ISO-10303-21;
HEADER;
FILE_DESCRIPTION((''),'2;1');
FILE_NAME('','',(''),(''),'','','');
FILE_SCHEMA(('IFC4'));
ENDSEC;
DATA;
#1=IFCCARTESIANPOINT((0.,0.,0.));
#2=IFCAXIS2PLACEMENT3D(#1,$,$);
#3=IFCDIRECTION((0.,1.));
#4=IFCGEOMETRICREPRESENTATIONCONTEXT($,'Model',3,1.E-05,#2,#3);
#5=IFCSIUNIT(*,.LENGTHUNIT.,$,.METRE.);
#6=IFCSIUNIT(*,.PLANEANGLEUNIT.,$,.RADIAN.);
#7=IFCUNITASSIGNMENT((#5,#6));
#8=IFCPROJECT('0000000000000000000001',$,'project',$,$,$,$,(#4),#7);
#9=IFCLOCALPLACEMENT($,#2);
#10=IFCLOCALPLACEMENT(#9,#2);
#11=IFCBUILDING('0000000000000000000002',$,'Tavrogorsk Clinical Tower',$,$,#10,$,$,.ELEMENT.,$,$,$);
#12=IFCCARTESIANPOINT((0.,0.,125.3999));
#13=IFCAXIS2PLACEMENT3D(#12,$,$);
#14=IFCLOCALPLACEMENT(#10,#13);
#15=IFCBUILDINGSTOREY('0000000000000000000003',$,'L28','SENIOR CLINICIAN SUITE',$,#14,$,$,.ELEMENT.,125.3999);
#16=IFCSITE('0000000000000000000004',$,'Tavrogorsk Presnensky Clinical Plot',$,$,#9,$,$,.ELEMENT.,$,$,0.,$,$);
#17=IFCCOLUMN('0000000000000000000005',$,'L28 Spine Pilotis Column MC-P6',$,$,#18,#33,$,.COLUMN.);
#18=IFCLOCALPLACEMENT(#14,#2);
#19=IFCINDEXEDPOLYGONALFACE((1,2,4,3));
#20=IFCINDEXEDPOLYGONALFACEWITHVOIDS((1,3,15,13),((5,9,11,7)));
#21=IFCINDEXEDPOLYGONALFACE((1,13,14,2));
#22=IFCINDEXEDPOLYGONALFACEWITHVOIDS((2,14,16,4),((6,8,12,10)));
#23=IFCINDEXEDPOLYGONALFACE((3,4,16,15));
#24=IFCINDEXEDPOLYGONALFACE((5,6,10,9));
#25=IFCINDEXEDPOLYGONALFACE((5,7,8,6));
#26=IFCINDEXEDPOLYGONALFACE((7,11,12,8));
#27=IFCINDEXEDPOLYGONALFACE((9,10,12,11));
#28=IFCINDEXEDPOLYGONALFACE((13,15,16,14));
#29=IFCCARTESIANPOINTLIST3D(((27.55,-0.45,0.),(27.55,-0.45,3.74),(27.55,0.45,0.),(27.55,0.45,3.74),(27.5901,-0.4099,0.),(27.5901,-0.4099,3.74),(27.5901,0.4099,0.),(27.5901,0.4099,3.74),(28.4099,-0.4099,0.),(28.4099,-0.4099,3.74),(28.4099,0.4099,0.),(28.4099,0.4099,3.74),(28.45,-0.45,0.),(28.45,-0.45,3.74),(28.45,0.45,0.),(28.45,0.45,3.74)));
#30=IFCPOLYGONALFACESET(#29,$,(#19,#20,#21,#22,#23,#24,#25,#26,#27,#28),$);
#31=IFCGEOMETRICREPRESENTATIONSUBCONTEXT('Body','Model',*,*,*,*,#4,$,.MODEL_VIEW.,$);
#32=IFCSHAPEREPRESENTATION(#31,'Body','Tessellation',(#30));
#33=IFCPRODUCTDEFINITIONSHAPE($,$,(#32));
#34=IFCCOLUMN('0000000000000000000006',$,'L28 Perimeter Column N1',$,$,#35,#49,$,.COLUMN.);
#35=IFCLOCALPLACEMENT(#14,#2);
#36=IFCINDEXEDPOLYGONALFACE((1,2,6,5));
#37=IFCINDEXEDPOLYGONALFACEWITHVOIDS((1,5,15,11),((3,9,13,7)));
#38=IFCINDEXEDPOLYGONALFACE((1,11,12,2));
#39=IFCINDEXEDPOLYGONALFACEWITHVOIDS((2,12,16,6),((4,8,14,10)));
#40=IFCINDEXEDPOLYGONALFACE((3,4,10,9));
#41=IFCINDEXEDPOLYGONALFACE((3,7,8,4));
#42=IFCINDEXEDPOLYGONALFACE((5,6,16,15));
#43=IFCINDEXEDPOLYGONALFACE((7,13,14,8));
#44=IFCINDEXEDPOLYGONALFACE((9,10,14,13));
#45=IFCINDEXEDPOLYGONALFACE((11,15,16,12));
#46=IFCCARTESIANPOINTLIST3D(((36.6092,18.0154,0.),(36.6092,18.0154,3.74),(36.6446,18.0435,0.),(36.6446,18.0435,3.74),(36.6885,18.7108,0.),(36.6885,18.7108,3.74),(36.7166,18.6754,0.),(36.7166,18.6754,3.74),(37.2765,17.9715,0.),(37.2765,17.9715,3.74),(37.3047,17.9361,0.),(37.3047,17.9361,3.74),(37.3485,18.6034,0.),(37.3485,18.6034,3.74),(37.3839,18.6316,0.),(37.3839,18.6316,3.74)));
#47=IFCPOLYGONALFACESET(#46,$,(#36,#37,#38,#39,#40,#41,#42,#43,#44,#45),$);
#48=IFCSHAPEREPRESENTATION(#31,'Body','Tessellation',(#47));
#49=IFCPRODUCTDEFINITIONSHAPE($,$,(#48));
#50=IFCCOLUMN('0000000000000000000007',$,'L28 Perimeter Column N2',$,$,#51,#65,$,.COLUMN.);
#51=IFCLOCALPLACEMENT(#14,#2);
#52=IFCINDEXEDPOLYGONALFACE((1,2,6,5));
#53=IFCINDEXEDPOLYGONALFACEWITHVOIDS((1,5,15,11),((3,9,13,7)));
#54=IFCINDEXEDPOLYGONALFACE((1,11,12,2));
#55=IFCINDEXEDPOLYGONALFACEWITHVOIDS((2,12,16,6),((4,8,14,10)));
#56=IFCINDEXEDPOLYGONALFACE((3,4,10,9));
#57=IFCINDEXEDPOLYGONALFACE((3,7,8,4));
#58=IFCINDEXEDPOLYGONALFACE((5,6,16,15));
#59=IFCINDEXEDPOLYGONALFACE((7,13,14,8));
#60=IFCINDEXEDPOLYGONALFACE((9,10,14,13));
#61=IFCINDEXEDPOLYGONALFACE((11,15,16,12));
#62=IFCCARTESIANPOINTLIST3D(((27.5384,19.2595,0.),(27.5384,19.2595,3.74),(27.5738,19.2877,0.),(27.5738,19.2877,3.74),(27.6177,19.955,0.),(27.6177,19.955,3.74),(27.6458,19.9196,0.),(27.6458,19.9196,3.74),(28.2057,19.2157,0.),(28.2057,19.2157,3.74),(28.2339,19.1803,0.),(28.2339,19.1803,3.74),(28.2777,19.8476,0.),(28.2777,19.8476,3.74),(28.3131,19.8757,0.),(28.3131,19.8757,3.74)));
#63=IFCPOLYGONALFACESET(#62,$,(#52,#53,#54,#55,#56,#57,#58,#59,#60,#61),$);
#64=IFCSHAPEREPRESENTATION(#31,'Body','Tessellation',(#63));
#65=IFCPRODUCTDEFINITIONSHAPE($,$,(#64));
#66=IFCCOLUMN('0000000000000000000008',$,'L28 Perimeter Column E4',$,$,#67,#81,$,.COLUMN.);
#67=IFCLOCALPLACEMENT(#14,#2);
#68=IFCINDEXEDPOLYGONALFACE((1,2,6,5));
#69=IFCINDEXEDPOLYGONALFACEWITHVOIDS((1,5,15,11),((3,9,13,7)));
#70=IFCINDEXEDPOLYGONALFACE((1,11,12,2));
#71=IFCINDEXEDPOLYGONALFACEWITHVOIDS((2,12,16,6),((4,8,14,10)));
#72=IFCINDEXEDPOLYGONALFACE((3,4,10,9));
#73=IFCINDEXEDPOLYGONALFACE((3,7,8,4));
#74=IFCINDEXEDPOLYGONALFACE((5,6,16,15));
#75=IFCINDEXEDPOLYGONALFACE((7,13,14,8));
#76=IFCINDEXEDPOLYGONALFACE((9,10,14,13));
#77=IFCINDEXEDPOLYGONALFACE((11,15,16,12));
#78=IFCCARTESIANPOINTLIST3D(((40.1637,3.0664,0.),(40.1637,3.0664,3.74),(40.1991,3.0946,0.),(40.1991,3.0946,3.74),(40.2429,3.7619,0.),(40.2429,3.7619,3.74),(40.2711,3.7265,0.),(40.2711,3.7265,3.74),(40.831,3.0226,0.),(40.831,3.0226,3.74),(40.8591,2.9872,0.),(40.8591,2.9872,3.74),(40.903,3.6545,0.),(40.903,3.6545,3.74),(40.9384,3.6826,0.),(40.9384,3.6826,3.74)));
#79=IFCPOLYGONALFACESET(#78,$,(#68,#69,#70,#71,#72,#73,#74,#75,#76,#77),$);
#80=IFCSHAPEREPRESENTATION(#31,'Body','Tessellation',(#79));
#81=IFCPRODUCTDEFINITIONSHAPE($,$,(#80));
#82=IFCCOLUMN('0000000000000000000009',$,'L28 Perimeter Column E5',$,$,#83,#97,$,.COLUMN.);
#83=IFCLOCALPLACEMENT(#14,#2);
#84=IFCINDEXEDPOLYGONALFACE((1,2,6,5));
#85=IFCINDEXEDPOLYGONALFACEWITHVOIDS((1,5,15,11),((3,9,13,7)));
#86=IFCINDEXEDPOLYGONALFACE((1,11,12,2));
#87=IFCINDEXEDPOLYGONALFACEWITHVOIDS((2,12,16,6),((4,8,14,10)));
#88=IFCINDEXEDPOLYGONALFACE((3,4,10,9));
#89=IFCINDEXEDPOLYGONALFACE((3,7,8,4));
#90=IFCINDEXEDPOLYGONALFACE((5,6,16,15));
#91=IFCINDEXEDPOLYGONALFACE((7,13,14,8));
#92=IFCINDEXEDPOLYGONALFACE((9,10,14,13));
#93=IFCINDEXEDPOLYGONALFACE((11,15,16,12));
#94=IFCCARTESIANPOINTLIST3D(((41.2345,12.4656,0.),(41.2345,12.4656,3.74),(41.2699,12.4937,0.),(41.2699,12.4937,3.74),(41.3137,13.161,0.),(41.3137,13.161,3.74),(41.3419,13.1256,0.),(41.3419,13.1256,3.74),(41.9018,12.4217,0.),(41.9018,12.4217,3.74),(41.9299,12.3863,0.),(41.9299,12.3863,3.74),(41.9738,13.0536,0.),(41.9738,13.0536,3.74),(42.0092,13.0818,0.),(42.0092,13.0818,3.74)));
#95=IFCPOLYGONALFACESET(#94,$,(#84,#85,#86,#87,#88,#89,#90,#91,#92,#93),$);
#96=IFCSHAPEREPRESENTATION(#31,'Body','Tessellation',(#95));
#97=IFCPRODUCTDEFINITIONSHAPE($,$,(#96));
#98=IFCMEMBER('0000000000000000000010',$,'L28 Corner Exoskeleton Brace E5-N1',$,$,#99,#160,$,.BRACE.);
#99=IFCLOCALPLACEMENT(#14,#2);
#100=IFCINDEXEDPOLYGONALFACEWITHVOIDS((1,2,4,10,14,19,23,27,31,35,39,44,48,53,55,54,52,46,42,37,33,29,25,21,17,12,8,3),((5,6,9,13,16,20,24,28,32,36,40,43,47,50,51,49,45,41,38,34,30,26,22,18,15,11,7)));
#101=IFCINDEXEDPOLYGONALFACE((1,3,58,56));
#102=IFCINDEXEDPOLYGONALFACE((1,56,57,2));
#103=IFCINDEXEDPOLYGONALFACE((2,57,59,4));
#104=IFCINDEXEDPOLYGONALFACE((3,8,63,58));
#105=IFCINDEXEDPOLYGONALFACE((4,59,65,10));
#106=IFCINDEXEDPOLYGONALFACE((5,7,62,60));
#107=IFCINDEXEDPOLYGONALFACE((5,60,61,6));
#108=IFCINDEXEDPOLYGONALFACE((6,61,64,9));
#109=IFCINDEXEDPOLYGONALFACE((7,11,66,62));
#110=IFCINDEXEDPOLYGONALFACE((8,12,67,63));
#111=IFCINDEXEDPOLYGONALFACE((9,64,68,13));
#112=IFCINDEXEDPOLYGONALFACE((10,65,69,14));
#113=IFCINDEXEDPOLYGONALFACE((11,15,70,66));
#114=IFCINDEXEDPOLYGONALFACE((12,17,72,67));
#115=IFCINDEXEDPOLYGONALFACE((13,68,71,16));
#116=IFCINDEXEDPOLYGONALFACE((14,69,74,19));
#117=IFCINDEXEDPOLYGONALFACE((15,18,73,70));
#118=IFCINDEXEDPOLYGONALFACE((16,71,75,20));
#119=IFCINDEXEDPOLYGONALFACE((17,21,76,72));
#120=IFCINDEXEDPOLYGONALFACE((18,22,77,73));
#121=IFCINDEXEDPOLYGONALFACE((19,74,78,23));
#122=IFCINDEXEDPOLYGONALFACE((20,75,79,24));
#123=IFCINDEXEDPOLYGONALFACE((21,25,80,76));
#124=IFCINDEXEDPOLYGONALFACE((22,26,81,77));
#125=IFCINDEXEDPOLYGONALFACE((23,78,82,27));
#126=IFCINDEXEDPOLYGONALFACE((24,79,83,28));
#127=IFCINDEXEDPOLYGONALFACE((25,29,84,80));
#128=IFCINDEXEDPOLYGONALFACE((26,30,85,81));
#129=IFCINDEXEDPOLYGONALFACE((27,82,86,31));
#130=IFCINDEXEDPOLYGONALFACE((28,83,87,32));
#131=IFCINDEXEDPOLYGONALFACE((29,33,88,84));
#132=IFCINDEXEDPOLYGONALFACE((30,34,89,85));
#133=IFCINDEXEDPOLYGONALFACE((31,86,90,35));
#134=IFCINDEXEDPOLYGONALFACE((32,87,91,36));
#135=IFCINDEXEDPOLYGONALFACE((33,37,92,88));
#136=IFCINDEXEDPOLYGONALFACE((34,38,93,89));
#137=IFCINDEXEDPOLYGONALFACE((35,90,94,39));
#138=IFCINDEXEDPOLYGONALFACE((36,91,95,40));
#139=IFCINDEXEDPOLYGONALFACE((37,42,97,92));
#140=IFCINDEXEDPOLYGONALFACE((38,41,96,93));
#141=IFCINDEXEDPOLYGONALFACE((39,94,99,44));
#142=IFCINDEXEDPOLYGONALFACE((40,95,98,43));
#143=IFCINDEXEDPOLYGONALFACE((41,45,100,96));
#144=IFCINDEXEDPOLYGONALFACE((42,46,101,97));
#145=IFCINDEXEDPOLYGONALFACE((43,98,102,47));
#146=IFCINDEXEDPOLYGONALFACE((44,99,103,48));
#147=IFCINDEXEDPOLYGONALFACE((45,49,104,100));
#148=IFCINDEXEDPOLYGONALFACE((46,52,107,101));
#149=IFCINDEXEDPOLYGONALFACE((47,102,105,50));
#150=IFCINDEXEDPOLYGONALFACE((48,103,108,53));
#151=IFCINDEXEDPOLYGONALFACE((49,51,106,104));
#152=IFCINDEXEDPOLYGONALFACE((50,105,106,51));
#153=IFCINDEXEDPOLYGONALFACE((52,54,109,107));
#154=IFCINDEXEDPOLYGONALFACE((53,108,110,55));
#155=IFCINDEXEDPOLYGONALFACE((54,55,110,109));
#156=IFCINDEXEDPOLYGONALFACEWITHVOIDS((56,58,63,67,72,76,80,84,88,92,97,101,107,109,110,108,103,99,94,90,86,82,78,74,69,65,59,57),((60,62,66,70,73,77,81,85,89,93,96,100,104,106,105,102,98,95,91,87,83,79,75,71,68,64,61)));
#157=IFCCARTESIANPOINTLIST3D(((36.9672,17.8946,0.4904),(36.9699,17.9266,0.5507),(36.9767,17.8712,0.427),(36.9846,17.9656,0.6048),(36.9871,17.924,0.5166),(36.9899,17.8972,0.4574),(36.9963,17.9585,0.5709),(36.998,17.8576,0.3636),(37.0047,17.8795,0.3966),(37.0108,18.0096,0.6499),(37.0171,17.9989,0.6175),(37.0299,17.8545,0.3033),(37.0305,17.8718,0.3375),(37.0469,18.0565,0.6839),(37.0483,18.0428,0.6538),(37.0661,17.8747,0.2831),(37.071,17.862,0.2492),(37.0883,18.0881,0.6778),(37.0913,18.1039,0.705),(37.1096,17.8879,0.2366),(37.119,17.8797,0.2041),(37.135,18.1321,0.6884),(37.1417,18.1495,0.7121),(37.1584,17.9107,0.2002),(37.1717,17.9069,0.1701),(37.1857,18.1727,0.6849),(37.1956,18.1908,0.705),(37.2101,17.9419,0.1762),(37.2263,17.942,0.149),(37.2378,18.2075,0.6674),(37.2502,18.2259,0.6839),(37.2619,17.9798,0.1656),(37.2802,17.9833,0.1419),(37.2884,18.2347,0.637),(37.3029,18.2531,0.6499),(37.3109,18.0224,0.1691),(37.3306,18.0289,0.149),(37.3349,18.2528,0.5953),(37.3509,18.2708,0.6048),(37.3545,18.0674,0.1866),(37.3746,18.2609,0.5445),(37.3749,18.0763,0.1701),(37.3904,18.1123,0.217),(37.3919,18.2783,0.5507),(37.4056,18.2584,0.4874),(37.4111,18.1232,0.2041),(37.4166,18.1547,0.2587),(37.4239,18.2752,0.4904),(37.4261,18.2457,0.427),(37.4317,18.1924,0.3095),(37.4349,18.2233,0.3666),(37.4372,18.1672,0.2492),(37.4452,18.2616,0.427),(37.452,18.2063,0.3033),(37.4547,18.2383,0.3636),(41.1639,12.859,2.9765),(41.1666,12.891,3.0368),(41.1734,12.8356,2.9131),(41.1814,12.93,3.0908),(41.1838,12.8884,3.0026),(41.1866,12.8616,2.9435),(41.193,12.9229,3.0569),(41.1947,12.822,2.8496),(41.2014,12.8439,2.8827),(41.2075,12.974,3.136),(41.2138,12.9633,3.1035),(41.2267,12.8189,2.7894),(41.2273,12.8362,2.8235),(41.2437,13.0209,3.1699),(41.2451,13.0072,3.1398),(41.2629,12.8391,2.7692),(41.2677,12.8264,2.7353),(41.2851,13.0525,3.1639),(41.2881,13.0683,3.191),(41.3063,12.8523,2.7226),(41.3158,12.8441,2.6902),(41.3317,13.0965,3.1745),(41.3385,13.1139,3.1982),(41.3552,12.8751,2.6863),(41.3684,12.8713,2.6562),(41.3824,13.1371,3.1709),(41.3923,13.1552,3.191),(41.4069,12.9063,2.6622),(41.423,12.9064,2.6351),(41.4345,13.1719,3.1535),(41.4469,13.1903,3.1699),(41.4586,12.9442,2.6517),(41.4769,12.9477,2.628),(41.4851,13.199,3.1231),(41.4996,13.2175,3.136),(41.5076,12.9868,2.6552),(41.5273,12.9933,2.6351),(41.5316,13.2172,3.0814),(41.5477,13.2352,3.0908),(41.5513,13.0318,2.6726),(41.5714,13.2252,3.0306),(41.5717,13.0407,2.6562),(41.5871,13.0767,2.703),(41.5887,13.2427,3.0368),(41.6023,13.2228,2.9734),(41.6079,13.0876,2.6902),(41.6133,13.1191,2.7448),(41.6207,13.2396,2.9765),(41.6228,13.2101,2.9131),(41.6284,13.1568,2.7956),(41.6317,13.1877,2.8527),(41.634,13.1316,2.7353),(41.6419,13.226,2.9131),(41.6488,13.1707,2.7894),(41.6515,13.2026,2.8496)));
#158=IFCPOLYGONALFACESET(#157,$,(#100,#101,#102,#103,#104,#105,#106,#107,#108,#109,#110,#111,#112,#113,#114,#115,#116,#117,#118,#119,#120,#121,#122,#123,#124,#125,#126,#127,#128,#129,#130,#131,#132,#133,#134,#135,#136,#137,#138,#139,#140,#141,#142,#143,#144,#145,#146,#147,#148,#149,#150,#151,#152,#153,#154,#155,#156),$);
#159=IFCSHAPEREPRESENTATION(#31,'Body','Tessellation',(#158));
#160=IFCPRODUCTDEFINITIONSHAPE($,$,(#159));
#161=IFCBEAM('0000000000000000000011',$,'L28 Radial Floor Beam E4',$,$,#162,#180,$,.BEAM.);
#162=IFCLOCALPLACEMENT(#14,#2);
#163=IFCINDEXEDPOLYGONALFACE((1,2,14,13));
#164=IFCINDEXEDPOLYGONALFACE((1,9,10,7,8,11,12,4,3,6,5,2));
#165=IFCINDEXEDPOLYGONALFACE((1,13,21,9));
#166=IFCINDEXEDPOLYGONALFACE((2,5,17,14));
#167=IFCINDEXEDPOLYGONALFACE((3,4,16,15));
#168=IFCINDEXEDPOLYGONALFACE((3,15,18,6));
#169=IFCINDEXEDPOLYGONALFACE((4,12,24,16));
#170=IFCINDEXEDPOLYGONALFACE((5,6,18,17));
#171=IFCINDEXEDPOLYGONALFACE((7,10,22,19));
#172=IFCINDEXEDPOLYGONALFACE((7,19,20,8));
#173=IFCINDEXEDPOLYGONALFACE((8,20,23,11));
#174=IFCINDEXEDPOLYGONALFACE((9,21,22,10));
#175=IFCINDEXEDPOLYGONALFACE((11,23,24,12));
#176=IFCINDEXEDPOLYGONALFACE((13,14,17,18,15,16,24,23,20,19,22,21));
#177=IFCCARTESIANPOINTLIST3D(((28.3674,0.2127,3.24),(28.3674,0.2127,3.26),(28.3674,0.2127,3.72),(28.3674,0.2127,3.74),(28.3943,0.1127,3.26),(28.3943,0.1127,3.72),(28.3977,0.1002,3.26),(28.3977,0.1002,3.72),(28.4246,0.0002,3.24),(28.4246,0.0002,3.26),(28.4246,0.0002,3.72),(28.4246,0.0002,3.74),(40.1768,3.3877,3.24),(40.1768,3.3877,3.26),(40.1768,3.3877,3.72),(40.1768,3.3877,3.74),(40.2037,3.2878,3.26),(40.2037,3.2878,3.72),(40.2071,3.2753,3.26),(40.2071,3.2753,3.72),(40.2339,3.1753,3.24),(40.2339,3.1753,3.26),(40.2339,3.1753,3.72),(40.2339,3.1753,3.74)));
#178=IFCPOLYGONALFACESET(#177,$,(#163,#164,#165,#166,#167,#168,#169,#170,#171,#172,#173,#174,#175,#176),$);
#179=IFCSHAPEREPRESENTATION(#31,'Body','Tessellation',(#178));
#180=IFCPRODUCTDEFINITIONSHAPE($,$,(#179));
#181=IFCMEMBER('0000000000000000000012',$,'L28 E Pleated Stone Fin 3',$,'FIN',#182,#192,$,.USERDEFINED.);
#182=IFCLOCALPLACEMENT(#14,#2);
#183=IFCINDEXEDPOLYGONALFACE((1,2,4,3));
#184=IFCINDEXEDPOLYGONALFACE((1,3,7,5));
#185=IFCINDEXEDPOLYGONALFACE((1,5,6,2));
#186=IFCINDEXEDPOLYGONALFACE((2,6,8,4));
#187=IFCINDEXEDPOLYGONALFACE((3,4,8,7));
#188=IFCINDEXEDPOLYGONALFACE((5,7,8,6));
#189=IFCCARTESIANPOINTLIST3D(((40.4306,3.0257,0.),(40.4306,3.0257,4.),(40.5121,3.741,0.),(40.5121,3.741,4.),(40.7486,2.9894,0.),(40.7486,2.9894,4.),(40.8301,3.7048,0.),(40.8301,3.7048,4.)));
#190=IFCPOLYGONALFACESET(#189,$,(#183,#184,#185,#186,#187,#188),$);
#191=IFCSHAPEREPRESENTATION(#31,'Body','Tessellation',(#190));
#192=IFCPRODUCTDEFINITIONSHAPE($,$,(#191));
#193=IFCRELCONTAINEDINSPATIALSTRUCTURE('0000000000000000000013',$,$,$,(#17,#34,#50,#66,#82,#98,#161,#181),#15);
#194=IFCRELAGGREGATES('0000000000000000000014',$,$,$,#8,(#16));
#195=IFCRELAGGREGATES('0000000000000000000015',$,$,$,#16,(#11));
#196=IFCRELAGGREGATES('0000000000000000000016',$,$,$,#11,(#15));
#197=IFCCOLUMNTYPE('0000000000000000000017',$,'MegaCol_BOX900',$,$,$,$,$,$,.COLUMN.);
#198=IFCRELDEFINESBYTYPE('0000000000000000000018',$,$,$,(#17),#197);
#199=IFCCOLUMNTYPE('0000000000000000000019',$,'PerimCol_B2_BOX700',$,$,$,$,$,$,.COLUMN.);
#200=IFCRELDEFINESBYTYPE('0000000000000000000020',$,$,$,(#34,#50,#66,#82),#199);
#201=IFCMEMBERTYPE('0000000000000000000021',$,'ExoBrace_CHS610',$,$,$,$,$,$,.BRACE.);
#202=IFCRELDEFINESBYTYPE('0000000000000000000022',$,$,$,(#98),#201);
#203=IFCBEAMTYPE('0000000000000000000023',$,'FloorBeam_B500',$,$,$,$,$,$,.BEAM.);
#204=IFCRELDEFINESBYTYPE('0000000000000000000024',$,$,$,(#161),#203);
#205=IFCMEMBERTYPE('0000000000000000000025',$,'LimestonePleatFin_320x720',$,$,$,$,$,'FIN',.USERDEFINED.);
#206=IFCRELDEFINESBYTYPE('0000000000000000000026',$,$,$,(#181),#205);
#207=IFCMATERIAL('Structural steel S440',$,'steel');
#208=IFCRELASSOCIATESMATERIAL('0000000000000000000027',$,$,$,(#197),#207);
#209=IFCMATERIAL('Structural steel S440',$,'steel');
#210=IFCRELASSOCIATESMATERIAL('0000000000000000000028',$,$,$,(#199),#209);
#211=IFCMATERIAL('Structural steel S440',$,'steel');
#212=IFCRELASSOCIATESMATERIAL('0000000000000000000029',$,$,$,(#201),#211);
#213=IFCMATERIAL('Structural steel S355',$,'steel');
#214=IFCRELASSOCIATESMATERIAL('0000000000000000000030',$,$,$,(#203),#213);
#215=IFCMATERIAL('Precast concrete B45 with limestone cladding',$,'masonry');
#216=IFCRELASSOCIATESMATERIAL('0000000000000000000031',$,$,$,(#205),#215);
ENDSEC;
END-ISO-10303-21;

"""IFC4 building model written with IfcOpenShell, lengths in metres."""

from ifc_helpers import new_model, si_unit, direction, frame, origin, origin_2d, place, context, subcontext, project, spatial, rectangle, hollow_rectangle, hollow_circle, i_section, extrude, material, material_profile, profile_set, type_object, element, save


model = new_model("IFC4")

# Units and contexts
model_context = context("Model", 3, precision=1e-05, world=origin(), true_north=direction((0.0, 1.0)))
body_context = subcontext(model_context, "Body", "Model", "MODEL_VIEW")
ifc_project = project(units=[si_unit("LENGTHUNIT", "METRE"), si_unit("PLANEANGLEUNIT", "RADIAN")], contexts=[model_context])

# Site, building, storey
site_placement = place(None, origin())
site = spatial("IfcSite", under=ifc_project, at=site_placement, Name="Tavrogorsk Presnensky Clinical Plot", CompositionType="ELEMENT", RefElevation=0.0)
building_placement = place(site_placement, origin())
building = spatial("IfcBuilding", under=site, at=building_placement, Name="Tavrogorsk Clinical Tower", CompositionType="ELEMENT")
storey_placement = place(building_placement, frame((0.0, 0.0, 125.3999)))
storey = spatial("IfcBuildingStorey", under=building, at=storey_placement, Name="L28", Description="SENIOR CLINICIAN SUITE", CompositionType="ELEMENT", Elevation=125.3999)

# Columns
ifc_material_1 = material(Name="Structural steel S440", Category="steel")
ifc_material_profile_1 = material_profile(ifc_material_1, hollow_rectangle(XDim=0.8999, YDim=0.8999, WallThickness=0.04, at=origin_2d()), Name="BOX-900x900x40")
ifc_profile_set_1 = profile_set([ifc_material_profile_1], Name="Structural steel S440")
column_type_1 = type_object("IfcColumnType", Name="MegaCol_BOX900", PredefinedType="COLUMN", material=ifc_profile_set_1)
column_placement = place(storey_placement, frame((28.0, 0.0, 0.0), z_axis=(0.0, 0.0, 1.0), x_axis=(1.0, 0.0, 0.0)))
element("IfcColumn", 1, at=column_placement, inside=storey, type_object=column_type_1, Name="L28 Spine Pilotis Column MC-P6", PredefinedType="COLUMN", context=body_context, shape_type="SweptSolid", body=[
    extrude(hollow_rectangle(XDim=0.8999, YDim=0.8999, WallThickness=0.04, at=origin_2d()), origin(), (0.0, 0.0, 1.0), 3.74),
])
ifc_material_2 = material(Name="Structural steel S440", Category="steel")
ifc_material_profile_2 = material_profile(ifc_material_2, hollow_rectangle(XDim=0.7, YDim=0.7, WallThickness=0.032, at=origin_2d()), Name="BOX-700x700x32")
ifc_profile_set_2 = profile_set([ifc_material_profile_2], Name="Structural steel S440")
column_type_2 = type_object("IfcColumnType", Name="PerimCol_B2_BOX700", PredefinedType="COLUMN", material=ifc_profile_set_2)
for number, where, z_axis, x_axis, name in (
    (2, (36.9966, 18.3235, 0.0), (0.0, 0.0, 1.0), (0.993572, -0.113203, 0.0), "L28 Perimeter Column N1"),
    (3, (27.9258, 19.5676, 0.0), (0.0, 0.0, 1.0), (0.993572, -0.113203, 0.0), "L28 Perimeter Column N2"),
    (4, (40.551, 3.3745, 0.0), (0.0, 0.0, 1.0), (0.993572, -0.113203, 0.0), "L28 Perimeter Column E4"),
    (5, (41.6218, 12.7737, 0.0), (0.0, 0.0, 1.0), (0.993572, -0.113203, 0.0), "L28 Perimeter Column E5"),
):
    element("IfcColumn", number, at=place(storey_placement, frame(where, z_axis=z_axis, x_axis=x_axis)), inside=storey, type_object=column_type_2, Name=name, PredefinedType="COLUMN", context=body_context, shape_type="SweptSolid", body=[
        extrude(hollow_rectangle(XDim=0.7, YDim=0.7, WallThickness=0.032, at=origin_2d()), origin(), (0.0, 0.0, 1.0), 3.74),
    ])

# Member
ifc_material_3 = material(Name="Structural steel S440", Category="steel")
ifc_material_profile_3 = material_profile(ifc_material_3, hollow_circle(Radius=0.3049, WallThickness=0.0249, at=origin_2d()), Name="CHS-610x25")
ifc_profile_set_3 = profile_set([ifc_material_profile_3], Name="Structural steel S440")
member_type_1 = type_object("IfcMemberType", Name="ExoBrace_CHS610", PredefinedType="BRACE", material=ifc_profile_set_3)
member_placement = place(storey_placement, frame((37.2109, 18.0664, 0.427), z_axis=(0.598616, -0.71827, 0.354608), x_axis=(0.768191, 0.640221, 0.0)))
element("IfcMember", 6, at=member_placement, inside=storey, type_object=member_type_1, Name="L28 Corner Exoskeleton Brace E5-N1", PredefinedType="BRACE", context=body_context, shape_type="SweptSolid", body=[
    extrude(hollow_circle(Radius=0.3049, WallThickness=0.0249, at=origin_2d()), origin(), (0.0, 0.0, 1.0), 7.0107),
])

# Beam
ifc_material_4 = material(Name="Structural steel S355", Category="steel")
ifc_material_profile_4 = material_profile(ifc_material_4, i_section(OverallWidth=0.22, OverallDepth=0.5, WebThickness=0.0129, FlangeThickness=0.02, at=origin_2d()), Name="B-500x220x13x20")
ifc_profile_set_4 = profile_set([ifc_material_profile_4], Name="Structural steel S355")
beam_type_1 = type_object("IfcBeamType", Name="FloorBeam_B500", PredefinedType="BEAM", material=ifc_profile_set_4)
beam_1_placement = place(storey_placement, frame((28.396, 0.1064, 3.49), z_axis=(0.965706, 0.259639, 0.0), x_axis=(-0.259639, 0.965706, 0.0)))
element("IfcBeam", 7, at=beam_1_placement, inside=storey, type_object=beam_type_1, Name="L28 Radial Floor Beam E4", PredefinedType="BEAM", context=body_context, shape_type="SweptSolid", body=[
    extrude(i_section(OverallWidth=0.22, OverallDepth=0.5, WebThickness=0.0129, FlangeThickness=0.02, at=origin_2d()), origin(), (0.0, 0.0, 1.0), 12.2288),
])

# Member
ifc_material_5 = material(Name="Precast concrete B45 with limestone cladding", Category="masonry")
ifc_material_profile_5 = material_profile(ifc_material_5, rectangle(XDim=0.3201, YDim=0.72, at=origin_2d()), Name="LIMESTONE-FIN-320x720")
ifc_profile_set_5 = profile_set([ifc_material_profile_5], Name="Precast concrete B45 with limestone cladding")
member_type_2 = type_object("IfcMemberType", Name="LimestonePleatFin_320x720", ElementType="FIN", PredefinedType="USERDEFINED", material=ifc_profile_set_5)
for number, where, z_axis, x_axis, name in (
    (8, (40.6304, 3.3652, 0.0), (0.0, 0.0, 1.0), (0.993572, -0.113203, 0.0), "L28 E Pleated Stone Fin 3"),
):
    element("IfcMember", number, at=place(storey_placement, frame(where, z_axis=z_axis, x_axis=x_axis)), inside=storey, type_object=member_type_2, Name=name, ObjectType="FIN", PredefinedType="USERDEFINED", context=body_context, shape_type="SweptSolid", body=[
        extrude(rectangle(XDim=0.3201, YDim=0.72, at=origin_2d()), origin(), (0.0, 0.0, 1.0), 4.0),
    ])

save(model, "model.ifc")
